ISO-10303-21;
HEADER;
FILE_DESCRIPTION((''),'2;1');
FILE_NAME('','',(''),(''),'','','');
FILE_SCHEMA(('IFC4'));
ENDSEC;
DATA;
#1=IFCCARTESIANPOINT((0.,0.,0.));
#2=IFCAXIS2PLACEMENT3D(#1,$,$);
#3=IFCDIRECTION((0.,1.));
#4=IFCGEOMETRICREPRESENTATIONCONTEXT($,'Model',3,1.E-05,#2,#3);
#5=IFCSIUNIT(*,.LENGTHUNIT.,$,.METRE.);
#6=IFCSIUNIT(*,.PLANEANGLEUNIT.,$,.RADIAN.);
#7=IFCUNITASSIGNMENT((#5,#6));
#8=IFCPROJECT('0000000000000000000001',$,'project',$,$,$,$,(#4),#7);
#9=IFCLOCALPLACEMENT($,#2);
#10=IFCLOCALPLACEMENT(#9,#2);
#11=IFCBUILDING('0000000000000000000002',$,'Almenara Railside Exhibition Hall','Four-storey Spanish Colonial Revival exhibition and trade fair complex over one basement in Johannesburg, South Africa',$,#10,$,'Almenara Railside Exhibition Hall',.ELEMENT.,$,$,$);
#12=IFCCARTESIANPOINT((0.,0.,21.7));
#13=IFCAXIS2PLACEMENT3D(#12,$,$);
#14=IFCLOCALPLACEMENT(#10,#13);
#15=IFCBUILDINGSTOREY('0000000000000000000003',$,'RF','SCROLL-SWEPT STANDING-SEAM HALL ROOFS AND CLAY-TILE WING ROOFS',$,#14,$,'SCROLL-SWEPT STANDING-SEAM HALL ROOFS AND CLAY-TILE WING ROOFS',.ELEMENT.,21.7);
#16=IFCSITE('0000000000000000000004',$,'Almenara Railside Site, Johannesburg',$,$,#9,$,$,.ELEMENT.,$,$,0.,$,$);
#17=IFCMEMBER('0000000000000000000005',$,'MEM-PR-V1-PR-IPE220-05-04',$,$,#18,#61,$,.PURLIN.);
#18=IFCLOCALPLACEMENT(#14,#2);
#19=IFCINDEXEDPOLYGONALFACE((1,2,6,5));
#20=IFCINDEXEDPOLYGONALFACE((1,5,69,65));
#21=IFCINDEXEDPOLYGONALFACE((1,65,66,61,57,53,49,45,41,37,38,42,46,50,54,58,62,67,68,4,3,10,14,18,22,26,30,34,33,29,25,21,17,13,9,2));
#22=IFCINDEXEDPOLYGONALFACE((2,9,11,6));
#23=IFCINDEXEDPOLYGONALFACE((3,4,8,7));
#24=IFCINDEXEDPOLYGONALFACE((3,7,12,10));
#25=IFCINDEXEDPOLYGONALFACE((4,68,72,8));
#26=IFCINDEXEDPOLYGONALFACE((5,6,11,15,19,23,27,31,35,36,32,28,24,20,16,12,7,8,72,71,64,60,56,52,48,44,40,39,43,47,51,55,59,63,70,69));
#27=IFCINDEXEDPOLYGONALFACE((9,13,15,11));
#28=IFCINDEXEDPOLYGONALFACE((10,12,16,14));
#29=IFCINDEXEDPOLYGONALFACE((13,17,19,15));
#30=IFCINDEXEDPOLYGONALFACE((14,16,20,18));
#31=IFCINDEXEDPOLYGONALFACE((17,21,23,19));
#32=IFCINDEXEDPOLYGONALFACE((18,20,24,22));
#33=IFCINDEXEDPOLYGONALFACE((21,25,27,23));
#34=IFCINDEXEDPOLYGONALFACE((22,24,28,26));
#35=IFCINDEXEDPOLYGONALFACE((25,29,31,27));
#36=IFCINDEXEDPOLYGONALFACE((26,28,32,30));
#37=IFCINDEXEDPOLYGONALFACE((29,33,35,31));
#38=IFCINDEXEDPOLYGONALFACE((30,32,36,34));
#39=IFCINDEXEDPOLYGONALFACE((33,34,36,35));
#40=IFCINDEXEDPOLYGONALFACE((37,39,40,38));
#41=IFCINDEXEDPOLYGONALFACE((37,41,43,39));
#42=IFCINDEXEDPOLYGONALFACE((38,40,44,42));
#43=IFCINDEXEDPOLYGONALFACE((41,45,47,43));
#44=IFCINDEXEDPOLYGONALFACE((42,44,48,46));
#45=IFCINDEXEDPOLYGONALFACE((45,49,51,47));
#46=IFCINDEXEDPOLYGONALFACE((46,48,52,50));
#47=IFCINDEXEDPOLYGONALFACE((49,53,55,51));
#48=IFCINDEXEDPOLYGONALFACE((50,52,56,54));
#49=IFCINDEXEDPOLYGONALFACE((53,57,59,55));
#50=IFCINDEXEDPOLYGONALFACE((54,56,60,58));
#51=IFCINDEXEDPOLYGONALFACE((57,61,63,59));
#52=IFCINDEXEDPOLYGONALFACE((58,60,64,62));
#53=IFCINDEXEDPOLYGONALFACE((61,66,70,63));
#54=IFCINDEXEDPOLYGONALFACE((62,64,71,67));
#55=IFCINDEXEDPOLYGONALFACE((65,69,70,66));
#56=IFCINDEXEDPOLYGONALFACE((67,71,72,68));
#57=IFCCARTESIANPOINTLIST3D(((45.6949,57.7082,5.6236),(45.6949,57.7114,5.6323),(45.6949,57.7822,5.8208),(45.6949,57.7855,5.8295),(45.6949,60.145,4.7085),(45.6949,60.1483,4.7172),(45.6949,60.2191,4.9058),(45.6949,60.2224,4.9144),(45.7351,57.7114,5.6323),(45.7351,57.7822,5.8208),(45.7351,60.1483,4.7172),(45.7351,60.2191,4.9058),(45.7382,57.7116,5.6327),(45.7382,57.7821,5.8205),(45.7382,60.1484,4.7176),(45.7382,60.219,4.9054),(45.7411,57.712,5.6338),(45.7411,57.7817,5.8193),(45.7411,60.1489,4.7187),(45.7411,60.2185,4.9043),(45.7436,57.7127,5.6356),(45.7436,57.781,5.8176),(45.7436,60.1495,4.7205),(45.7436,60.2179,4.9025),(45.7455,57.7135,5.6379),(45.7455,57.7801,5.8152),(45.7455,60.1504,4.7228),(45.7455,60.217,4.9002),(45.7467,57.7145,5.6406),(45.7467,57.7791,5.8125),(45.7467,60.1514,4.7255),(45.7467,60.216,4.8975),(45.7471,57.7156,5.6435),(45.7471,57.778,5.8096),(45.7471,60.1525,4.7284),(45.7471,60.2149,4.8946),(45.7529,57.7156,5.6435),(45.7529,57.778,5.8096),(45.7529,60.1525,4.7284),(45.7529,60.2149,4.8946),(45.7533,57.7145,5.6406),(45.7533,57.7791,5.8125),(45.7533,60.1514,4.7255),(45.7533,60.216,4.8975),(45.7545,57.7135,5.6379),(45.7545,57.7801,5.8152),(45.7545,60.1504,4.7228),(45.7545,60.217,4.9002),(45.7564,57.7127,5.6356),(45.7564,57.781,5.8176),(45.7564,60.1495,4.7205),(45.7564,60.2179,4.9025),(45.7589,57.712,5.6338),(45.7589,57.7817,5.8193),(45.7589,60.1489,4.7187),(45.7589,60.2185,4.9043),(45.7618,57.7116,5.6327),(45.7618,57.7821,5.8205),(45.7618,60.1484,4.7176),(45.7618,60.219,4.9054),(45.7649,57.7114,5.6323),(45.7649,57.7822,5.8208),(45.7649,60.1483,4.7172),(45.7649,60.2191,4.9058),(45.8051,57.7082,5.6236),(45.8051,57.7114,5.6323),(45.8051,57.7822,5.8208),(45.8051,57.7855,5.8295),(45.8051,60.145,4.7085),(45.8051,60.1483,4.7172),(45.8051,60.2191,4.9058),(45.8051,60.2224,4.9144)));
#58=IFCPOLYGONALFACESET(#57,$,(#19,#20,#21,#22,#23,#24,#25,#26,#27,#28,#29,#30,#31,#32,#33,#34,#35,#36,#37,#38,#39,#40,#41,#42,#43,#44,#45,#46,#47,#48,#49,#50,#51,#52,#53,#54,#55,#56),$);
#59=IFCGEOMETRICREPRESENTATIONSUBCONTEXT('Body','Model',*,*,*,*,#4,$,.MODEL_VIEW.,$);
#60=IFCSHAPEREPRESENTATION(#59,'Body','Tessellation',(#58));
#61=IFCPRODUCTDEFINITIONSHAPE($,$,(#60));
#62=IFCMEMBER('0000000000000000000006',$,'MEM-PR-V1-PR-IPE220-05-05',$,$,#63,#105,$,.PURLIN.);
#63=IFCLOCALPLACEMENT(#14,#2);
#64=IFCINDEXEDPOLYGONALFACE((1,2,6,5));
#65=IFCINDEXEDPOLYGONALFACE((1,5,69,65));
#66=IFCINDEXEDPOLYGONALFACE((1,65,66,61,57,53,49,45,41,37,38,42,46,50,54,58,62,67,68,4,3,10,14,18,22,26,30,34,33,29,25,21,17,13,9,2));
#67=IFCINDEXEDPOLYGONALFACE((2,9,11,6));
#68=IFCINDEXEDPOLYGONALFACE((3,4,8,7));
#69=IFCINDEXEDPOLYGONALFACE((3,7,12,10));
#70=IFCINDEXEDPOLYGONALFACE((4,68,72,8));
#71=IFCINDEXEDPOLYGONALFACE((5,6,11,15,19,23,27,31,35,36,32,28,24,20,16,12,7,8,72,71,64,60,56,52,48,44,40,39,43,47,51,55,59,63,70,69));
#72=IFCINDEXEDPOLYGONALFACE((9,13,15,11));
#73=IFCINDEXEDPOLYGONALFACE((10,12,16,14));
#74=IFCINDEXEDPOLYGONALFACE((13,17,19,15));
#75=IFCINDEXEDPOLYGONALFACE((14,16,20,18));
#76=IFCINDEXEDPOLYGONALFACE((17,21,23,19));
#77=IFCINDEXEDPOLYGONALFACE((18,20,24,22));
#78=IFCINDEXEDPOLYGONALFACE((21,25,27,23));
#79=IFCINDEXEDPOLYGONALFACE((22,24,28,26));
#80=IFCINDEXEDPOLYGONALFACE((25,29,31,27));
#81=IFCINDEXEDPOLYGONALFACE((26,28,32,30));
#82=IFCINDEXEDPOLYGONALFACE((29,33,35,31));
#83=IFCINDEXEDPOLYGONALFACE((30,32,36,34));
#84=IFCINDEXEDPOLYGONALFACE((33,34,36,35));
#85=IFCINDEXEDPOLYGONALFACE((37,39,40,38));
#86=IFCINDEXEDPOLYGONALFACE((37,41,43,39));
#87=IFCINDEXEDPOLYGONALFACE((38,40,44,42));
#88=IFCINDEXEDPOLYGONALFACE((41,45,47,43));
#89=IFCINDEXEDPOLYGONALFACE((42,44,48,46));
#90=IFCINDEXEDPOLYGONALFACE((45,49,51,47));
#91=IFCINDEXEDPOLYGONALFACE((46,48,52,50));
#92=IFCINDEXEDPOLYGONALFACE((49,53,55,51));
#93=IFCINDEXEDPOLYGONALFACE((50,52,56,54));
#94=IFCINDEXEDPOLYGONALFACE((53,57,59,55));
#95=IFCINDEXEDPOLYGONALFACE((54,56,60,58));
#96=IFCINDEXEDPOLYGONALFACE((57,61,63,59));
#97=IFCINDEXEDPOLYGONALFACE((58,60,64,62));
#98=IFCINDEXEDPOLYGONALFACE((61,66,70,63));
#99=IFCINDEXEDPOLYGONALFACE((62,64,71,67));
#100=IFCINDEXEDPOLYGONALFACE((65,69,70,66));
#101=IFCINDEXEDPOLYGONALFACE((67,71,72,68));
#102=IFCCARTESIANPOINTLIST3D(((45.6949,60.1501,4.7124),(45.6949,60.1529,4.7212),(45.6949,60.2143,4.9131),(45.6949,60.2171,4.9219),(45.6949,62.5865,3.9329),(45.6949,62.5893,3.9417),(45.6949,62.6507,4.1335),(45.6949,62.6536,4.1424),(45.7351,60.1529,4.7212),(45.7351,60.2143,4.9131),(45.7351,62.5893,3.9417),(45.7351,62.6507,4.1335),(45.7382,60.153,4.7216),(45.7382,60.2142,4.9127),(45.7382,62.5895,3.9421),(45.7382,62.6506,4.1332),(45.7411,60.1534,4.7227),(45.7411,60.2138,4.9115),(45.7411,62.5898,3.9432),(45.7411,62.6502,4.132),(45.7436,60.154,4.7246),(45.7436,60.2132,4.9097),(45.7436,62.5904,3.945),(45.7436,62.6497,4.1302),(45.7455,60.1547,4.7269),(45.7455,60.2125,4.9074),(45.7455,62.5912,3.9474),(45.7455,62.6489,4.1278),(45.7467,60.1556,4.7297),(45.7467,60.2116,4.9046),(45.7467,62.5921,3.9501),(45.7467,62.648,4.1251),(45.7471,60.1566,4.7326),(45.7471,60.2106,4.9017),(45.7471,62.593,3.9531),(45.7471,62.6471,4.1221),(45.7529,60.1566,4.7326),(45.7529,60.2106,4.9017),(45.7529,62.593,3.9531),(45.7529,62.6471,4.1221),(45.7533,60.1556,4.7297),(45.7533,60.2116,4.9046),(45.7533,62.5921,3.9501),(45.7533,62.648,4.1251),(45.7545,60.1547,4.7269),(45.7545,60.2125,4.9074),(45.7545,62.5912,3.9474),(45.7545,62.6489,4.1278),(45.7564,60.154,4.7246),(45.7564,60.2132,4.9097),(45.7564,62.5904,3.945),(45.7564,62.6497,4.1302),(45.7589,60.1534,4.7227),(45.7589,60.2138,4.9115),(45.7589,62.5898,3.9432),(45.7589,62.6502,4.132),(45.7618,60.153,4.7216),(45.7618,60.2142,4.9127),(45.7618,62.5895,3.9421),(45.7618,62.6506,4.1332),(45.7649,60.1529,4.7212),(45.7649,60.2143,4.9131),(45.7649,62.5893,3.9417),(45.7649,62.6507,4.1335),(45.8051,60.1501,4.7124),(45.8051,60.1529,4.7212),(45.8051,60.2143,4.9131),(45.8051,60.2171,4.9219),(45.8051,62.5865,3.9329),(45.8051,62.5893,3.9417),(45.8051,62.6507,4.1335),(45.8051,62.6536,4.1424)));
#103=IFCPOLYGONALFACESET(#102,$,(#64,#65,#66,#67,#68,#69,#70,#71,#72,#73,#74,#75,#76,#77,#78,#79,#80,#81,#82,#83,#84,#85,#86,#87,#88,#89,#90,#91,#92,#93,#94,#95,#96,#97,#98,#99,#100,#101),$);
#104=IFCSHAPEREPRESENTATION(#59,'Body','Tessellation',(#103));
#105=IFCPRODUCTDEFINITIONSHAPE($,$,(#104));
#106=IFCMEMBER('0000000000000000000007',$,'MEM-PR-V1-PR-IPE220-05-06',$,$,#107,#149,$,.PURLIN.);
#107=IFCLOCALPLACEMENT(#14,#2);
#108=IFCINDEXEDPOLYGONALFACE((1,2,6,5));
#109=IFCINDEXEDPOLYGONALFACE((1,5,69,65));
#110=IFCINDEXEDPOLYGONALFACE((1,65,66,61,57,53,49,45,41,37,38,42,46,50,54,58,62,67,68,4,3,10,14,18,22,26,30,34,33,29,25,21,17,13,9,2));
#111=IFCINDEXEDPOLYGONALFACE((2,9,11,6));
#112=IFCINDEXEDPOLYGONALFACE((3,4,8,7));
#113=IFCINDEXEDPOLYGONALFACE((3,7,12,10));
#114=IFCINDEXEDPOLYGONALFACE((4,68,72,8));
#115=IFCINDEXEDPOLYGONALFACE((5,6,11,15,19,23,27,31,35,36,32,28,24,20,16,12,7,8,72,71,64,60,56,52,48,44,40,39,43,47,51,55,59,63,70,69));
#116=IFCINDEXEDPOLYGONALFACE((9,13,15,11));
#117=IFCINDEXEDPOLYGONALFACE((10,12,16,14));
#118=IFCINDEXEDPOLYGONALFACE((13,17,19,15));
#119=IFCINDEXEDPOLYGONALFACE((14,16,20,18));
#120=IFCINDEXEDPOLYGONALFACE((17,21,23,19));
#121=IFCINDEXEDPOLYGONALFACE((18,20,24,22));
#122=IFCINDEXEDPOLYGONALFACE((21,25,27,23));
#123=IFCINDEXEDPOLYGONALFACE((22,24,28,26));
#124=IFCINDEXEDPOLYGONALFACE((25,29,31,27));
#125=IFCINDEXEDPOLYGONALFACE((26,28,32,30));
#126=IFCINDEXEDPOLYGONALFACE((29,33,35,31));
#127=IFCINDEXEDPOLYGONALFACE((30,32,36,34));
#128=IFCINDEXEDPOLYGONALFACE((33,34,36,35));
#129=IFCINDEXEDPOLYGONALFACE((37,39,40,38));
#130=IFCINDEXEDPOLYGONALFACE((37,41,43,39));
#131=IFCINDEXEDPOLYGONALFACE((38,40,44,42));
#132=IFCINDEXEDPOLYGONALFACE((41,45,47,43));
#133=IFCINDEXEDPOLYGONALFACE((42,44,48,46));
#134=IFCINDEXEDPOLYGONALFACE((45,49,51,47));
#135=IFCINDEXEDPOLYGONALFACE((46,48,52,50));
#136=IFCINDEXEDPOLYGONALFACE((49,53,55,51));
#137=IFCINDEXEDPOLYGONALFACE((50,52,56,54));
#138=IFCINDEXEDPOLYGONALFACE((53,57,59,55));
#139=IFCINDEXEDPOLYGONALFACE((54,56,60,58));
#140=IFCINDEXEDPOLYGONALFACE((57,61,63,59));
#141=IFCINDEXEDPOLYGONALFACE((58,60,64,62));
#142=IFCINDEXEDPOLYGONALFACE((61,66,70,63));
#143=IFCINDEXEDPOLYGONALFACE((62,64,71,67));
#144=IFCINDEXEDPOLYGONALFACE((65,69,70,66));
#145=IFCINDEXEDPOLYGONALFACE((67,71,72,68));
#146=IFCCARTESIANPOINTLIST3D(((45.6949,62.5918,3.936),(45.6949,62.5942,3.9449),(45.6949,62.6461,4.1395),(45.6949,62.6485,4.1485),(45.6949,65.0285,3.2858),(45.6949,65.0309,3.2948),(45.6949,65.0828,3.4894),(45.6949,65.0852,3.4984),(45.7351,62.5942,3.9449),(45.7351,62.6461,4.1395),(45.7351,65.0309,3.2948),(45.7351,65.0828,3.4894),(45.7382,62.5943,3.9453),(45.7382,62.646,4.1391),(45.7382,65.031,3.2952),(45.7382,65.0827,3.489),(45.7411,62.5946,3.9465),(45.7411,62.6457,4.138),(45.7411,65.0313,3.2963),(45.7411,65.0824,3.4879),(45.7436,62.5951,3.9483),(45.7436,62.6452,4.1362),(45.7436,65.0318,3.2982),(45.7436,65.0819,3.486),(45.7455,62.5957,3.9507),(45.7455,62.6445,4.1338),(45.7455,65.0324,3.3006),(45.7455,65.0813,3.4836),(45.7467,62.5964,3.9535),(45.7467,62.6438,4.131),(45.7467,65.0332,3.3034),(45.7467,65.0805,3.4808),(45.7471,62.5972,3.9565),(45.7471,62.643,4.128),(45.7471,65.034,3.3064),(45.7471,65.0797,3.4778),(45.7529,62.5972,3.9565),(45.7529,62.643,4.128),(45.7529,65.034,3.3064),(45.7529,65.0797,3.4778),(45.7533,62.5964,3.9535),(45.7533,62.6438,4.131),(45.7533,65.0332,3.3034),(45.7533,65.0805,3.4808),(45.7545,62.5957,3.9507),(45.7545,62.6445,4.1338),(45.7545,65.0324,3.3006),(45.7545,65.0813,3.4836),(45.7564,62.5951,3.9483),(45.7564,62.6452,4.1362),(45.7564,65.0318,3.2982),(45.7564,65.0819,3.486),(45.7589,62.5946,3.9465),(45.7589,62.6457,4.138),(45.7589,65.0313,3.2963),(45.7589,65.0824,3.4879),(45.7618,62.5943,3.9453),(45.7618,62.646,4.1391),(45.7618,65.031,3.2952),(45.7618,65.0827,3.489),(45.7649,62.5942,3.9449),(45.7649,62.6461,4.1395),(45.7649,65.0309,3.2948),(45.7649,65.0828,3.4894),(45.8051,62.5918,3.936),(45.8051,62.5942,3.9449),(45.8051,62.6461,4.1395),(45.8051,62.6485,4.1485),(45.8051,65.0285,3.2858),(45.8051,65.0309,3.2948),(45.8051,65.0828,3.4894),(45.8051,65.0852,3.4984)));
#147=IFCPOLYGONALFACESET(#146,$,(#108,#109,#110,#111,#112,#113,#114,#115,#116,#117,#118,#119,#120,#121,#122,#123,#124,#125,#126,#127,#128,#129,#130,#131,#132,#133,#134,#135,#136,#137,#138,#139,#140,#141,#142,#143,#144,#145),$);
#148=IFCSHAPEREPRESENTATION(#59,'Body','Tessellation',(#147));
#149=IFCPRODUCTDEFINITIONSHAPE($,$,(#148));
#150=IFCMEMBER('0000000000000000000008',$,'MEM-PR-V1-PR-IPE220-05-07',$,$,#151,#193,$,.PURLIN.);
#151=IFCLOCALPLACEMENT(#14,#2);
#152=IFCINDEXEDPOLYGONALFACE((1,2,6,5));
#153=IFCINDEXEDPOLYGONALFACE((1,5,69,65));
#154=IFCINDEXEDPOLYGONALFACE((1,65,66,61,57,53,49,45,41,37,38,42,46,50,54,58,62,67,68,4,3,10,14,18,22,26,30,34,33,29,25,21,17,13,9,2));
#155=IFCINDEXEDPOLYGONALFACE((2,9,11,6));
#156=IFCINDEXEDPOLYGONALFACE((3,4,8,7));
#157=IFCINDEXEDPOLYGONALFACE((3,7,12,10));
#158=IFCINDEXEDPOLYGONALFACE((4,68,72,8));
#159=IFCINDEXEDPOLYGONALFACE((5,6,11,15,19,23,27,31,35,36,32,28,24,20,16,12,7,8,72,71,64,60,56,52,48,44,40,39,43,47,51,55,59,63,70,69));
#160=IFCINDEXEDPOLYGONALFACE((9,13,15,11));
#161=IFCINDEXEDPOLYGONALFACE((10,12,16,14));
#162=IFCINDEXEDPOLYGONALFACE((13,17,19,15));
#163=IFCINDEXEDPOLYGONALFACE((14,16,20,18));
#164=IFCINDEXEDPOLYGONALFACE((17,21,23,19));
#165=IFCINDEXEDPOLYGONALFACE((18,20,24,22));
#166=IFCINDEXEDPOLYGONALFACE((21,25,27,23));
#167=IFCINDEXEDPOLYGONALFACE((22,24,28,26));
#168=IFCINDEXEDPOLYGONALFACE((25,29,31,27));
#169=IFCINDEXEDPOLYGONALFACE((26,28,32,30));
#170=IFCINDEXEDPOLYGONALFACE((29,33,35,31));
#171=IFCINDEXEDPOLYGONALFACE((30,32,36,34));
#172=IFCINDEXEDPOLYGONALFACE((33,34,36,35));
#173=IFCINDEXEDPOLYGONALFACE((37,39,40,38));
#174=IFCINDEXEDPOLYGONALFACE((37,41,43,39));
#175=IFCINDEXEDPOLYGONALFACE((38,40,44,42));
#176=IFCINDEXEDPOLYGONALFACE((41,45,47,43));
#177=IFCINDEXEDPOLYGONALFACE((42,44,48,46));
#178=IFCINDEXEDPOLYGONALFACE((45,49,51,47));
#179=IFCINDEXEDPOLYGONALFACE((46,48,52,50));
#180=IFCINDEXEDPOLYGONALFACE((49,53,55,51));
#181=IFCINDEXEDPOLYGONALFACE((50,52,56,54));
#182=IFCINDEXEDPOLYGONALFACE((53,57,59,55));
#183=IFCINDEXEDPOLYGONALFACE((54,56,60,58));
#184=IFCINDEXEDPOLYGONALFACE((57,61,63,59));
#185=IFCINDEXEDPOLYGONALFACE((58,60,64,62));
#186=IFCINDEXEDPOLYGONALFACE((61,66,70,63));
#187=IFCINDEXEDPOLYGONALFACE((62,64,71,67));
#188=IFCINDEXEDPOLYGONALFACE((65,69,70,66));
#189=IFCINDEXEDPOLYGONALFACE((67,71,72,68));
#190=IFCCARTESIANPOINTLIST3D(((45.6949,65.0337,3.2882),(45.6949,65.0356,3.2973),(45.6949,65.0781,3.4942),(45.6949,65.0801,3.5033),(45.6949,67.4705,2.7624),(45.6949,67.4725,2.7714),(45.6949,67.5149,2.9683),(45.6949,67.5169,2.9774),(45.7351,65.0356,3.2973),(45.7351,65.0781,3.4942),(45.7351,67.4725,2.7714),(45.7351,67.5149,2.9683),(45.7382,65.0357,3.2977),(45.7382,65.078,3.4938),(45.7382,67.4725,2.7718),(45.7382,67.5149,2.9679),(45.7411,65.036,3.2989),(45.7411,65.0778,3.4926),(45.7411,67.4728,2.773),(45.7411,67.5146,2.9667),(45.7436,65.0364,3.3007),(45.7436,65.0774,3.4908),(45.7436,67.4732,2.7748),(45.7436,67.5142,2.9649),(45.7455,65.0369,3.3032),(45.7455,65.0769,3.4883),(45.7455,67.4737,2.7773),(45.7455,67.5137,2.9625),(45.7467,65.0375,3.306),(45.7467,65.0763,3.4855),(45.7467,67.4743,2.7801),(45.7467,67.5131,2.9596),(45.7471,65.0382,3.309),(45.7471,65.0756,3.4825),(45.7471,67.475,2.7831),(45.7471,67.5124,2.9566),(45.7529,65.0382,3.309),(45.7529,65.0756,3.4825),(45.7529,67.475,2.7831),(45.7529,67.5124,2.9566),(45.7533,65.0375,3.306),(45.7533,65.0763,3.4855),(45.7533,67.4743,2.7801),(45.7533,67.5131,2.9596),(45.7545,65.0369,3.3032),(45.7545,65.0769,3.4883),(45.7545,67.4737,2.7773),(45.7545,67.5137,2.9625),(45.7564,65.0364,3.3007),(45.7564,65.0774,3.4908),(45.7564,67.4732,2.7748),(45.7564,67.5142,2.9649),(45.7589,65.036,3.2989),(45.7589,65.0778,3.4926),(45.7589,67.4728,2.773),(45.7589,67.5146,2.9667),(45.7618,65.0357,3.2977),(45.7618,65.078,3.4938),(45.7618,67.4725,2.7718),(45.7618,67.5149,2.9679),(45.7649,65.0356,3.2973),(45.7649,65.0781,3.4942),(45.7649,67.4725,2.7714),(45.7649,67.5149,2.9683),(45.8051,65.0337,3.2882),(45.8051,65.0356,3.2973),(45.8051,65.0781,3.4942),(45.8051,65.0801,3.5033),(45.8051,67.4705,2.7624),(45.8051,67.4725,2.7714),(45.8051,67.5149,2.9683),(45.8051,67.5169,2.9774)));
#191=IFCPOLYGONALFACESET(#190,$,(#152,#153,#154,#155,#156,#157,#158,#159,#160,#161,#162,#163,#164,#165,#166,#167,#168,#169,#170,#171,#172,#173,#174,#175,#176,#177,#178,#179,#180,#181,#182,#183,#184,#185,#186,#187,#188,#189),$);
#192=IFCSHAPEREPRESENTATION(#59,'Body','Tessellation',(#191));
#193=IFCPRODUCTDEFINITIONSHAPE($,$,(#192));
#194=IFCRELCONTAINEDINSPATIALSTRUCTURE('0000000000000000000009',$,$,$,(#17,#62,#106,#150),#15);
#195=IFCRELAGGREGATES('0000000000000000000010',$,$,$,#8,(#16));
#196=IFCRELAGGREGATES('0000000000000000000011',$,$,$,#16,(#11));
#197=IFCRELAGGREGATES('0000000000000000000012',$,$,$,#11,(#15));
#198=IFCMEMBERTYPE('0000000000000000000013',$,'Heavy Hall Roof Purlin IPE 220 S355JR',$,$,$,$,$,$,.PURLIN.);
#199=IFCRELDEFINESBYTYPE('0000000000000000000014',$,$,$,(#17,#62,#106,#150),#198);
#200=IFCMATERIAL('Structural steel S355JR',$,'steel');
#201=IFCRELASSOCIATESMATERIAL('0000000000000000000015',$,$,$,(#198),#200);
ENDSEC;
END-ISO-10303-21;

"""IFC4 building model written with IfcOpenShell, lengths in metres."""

from ifc_helpers import new_model, si_unit, direction, frame, origin, origin_2d, place, context, subcontext, project, spatial, i_section, extrude, material, material_profile, profile_set, type_object, element, save


model = new_model("IFC4")

# Units and contexts
model_context = context("Model", 3, precision=1e-05, world=origin(), true_north=direction((0.0, 1.0)))
body_context = subcontext(model_context, "Body", "Model", "MODEL_VIEW")
ifc_project = project(units=[si_unit("LENGTHUNIT", "METRE"), si_unit("PLANEANGLEUNIT", "RADIAN")], contexts=[model_context])

# Site, building, storey
site_placement = place(None, origin())
site = spatial("IfcSite", under=ifc_project, at=site_placement, Name="Almenara Railside Site, Johannesburg", CompositionType="ELEMENT", RefElevation=0.0)
building_placement = place(site_placement, origin())
building = spatial("IfcBuilding", under=site, at=building_placement, Name="Almenara Railside Exhibition Hall", Description="Four-storey Spanish Colonial Revival exhibition and trade fair complex over one basement in Johannesburg, South Africa", LongName="Almenara Railside Exhibition Hall", CompositionType="ELEMENT")
storey_placement = place(building_placement, frame((0.0, 0.0, 21.7)))
storey = spatial("IfcBuildingStorey", under=building, at=storey_placement, Name="RF", Description="SCROLL-SWEPT STANDING-SEAM HALL ROOFS AND CLAY-TILE WING ROOFS", LongName="SCROLL-SWEPT STANDING-SEAM HALL ROOFS AND CLAY-TILE WING ROOFS", CompositionType="ELEMENT", Elevation=21.7)

# Members
ifc_material_1 = material(Name="Structural steel S355JR", Category="steel")
ifc_material_profile_1 = material_profile(ifc_material_1, i_section(OverallWidth=0.1101, OverallDepth=0.22, WebThickness=0.0059, FlangeThickness=0.0093, FilletRadius=0.012, at=origin_2d()), Name="IPE 220")
ifc_profile_set_1 = profile_set([ifc_material_profile_1], Name="Structural steel S355JR")
member_type_1 = type_object("IfcMemberType", Name="Heavy Hall Roof Purlin IPE 220 S355JR", PredefinedType="PURLIN", material=ifc_profile_set_1)
member_1_placement = place(storey_placement, frame((45.75, 57.7468, 5.7266), z_axis=(0.0, 0.936171, -0.351545), x_axis=(-1.0, 0.0, 0.0)))
element("IfcMember", 1, at=member_1_placement, inside=storey, type_object=member_type_1, Name="MEM-PR-V1-PR-IPE220-05-04", PredefinedType="PURLIN", context=body_context, shape_type="SweptSolid", body=[
    extrude(i_section(OverallWidth=0.1101, OverallDepth=0.22, WebThickness=0.0059, FlangeThickness=0.0093, FilletRadius=0.012, at=origin_2d()), origin(), (0.0, 0.0, 1.0), 2.603),
])
member_2_placement = place(storey_placement, frame((45.75, 60.1836, 4.8171), z_axis=(0.0, 0.952441, -0.304724), x_axis=(-1.0, 0.0, 0.0)))
element("IfcMember", 2, at=member_2_placement, inside=storey, type_object=member_type_1, Name="MEM-PR-V1-PR-IPE220-05-05", PredefinedType="PURLIN", context=body_context, shape_type="SweptSolid", body=[
    extrude(i_section(OverallWidth=0.1101, OverallDepth=0.22, WebThickness=0.0059, FlangeThickness=0.0093, FilletRadius=0.012, at=origin_2d()), origin(), (0.0, 0.0, 1.0), 2.5581),
])
member_3_placement = place(storey_placement, frame((45.75, 62.6201, 4.0422), z_axis=(0.0, 0.966201, -0.257789), x_axis=(-1.0, 0.0, 0.0)))
element("IfcMember", 3, at=member_3_placement, inside=storey, type_object=member_type_1, Name="MEM-PR-V1-PR-IPE220-05-06", PredefinedType="PURLIN", context=body_context, shape_type="SweptSolid", body=[
    extrude(i_section(OverallWidth=0.1101, OverallDepth=0.22, WebThickness=0.0059, FlangeThickness=0.0093, FilletRadius=0.012, at=origin_2d()), origin(), (0.0, 0.0, 1.0), 2.522),
])
member_4_placement = place(storey_placement, frame((45.75, 65.0569, 3.3958), z_axis=(0.0, 0.977496, -0.210953), x_axis=(-1.0, 0.0, 0.0)))
element("IfcMember", 4, at=member_4_placement, inside=storey, type_object=member_type_1, Name="MEM-PR-V1-PR-IPE220-05-07", PredefinedType="PURLIN", context=body_context, shape_type="SweptSolid", body=[
    extrude(i_section(OverallWidth=0.1101, OverallDepth=0.22, WebThickness=0.0059, FlangeThickness=0.0093, FilletRadius=0.012, at=origin_2d()), origin(), (0.0, 0.0, 1.0), 2.4929),
])

save(model, "model.ifc")
